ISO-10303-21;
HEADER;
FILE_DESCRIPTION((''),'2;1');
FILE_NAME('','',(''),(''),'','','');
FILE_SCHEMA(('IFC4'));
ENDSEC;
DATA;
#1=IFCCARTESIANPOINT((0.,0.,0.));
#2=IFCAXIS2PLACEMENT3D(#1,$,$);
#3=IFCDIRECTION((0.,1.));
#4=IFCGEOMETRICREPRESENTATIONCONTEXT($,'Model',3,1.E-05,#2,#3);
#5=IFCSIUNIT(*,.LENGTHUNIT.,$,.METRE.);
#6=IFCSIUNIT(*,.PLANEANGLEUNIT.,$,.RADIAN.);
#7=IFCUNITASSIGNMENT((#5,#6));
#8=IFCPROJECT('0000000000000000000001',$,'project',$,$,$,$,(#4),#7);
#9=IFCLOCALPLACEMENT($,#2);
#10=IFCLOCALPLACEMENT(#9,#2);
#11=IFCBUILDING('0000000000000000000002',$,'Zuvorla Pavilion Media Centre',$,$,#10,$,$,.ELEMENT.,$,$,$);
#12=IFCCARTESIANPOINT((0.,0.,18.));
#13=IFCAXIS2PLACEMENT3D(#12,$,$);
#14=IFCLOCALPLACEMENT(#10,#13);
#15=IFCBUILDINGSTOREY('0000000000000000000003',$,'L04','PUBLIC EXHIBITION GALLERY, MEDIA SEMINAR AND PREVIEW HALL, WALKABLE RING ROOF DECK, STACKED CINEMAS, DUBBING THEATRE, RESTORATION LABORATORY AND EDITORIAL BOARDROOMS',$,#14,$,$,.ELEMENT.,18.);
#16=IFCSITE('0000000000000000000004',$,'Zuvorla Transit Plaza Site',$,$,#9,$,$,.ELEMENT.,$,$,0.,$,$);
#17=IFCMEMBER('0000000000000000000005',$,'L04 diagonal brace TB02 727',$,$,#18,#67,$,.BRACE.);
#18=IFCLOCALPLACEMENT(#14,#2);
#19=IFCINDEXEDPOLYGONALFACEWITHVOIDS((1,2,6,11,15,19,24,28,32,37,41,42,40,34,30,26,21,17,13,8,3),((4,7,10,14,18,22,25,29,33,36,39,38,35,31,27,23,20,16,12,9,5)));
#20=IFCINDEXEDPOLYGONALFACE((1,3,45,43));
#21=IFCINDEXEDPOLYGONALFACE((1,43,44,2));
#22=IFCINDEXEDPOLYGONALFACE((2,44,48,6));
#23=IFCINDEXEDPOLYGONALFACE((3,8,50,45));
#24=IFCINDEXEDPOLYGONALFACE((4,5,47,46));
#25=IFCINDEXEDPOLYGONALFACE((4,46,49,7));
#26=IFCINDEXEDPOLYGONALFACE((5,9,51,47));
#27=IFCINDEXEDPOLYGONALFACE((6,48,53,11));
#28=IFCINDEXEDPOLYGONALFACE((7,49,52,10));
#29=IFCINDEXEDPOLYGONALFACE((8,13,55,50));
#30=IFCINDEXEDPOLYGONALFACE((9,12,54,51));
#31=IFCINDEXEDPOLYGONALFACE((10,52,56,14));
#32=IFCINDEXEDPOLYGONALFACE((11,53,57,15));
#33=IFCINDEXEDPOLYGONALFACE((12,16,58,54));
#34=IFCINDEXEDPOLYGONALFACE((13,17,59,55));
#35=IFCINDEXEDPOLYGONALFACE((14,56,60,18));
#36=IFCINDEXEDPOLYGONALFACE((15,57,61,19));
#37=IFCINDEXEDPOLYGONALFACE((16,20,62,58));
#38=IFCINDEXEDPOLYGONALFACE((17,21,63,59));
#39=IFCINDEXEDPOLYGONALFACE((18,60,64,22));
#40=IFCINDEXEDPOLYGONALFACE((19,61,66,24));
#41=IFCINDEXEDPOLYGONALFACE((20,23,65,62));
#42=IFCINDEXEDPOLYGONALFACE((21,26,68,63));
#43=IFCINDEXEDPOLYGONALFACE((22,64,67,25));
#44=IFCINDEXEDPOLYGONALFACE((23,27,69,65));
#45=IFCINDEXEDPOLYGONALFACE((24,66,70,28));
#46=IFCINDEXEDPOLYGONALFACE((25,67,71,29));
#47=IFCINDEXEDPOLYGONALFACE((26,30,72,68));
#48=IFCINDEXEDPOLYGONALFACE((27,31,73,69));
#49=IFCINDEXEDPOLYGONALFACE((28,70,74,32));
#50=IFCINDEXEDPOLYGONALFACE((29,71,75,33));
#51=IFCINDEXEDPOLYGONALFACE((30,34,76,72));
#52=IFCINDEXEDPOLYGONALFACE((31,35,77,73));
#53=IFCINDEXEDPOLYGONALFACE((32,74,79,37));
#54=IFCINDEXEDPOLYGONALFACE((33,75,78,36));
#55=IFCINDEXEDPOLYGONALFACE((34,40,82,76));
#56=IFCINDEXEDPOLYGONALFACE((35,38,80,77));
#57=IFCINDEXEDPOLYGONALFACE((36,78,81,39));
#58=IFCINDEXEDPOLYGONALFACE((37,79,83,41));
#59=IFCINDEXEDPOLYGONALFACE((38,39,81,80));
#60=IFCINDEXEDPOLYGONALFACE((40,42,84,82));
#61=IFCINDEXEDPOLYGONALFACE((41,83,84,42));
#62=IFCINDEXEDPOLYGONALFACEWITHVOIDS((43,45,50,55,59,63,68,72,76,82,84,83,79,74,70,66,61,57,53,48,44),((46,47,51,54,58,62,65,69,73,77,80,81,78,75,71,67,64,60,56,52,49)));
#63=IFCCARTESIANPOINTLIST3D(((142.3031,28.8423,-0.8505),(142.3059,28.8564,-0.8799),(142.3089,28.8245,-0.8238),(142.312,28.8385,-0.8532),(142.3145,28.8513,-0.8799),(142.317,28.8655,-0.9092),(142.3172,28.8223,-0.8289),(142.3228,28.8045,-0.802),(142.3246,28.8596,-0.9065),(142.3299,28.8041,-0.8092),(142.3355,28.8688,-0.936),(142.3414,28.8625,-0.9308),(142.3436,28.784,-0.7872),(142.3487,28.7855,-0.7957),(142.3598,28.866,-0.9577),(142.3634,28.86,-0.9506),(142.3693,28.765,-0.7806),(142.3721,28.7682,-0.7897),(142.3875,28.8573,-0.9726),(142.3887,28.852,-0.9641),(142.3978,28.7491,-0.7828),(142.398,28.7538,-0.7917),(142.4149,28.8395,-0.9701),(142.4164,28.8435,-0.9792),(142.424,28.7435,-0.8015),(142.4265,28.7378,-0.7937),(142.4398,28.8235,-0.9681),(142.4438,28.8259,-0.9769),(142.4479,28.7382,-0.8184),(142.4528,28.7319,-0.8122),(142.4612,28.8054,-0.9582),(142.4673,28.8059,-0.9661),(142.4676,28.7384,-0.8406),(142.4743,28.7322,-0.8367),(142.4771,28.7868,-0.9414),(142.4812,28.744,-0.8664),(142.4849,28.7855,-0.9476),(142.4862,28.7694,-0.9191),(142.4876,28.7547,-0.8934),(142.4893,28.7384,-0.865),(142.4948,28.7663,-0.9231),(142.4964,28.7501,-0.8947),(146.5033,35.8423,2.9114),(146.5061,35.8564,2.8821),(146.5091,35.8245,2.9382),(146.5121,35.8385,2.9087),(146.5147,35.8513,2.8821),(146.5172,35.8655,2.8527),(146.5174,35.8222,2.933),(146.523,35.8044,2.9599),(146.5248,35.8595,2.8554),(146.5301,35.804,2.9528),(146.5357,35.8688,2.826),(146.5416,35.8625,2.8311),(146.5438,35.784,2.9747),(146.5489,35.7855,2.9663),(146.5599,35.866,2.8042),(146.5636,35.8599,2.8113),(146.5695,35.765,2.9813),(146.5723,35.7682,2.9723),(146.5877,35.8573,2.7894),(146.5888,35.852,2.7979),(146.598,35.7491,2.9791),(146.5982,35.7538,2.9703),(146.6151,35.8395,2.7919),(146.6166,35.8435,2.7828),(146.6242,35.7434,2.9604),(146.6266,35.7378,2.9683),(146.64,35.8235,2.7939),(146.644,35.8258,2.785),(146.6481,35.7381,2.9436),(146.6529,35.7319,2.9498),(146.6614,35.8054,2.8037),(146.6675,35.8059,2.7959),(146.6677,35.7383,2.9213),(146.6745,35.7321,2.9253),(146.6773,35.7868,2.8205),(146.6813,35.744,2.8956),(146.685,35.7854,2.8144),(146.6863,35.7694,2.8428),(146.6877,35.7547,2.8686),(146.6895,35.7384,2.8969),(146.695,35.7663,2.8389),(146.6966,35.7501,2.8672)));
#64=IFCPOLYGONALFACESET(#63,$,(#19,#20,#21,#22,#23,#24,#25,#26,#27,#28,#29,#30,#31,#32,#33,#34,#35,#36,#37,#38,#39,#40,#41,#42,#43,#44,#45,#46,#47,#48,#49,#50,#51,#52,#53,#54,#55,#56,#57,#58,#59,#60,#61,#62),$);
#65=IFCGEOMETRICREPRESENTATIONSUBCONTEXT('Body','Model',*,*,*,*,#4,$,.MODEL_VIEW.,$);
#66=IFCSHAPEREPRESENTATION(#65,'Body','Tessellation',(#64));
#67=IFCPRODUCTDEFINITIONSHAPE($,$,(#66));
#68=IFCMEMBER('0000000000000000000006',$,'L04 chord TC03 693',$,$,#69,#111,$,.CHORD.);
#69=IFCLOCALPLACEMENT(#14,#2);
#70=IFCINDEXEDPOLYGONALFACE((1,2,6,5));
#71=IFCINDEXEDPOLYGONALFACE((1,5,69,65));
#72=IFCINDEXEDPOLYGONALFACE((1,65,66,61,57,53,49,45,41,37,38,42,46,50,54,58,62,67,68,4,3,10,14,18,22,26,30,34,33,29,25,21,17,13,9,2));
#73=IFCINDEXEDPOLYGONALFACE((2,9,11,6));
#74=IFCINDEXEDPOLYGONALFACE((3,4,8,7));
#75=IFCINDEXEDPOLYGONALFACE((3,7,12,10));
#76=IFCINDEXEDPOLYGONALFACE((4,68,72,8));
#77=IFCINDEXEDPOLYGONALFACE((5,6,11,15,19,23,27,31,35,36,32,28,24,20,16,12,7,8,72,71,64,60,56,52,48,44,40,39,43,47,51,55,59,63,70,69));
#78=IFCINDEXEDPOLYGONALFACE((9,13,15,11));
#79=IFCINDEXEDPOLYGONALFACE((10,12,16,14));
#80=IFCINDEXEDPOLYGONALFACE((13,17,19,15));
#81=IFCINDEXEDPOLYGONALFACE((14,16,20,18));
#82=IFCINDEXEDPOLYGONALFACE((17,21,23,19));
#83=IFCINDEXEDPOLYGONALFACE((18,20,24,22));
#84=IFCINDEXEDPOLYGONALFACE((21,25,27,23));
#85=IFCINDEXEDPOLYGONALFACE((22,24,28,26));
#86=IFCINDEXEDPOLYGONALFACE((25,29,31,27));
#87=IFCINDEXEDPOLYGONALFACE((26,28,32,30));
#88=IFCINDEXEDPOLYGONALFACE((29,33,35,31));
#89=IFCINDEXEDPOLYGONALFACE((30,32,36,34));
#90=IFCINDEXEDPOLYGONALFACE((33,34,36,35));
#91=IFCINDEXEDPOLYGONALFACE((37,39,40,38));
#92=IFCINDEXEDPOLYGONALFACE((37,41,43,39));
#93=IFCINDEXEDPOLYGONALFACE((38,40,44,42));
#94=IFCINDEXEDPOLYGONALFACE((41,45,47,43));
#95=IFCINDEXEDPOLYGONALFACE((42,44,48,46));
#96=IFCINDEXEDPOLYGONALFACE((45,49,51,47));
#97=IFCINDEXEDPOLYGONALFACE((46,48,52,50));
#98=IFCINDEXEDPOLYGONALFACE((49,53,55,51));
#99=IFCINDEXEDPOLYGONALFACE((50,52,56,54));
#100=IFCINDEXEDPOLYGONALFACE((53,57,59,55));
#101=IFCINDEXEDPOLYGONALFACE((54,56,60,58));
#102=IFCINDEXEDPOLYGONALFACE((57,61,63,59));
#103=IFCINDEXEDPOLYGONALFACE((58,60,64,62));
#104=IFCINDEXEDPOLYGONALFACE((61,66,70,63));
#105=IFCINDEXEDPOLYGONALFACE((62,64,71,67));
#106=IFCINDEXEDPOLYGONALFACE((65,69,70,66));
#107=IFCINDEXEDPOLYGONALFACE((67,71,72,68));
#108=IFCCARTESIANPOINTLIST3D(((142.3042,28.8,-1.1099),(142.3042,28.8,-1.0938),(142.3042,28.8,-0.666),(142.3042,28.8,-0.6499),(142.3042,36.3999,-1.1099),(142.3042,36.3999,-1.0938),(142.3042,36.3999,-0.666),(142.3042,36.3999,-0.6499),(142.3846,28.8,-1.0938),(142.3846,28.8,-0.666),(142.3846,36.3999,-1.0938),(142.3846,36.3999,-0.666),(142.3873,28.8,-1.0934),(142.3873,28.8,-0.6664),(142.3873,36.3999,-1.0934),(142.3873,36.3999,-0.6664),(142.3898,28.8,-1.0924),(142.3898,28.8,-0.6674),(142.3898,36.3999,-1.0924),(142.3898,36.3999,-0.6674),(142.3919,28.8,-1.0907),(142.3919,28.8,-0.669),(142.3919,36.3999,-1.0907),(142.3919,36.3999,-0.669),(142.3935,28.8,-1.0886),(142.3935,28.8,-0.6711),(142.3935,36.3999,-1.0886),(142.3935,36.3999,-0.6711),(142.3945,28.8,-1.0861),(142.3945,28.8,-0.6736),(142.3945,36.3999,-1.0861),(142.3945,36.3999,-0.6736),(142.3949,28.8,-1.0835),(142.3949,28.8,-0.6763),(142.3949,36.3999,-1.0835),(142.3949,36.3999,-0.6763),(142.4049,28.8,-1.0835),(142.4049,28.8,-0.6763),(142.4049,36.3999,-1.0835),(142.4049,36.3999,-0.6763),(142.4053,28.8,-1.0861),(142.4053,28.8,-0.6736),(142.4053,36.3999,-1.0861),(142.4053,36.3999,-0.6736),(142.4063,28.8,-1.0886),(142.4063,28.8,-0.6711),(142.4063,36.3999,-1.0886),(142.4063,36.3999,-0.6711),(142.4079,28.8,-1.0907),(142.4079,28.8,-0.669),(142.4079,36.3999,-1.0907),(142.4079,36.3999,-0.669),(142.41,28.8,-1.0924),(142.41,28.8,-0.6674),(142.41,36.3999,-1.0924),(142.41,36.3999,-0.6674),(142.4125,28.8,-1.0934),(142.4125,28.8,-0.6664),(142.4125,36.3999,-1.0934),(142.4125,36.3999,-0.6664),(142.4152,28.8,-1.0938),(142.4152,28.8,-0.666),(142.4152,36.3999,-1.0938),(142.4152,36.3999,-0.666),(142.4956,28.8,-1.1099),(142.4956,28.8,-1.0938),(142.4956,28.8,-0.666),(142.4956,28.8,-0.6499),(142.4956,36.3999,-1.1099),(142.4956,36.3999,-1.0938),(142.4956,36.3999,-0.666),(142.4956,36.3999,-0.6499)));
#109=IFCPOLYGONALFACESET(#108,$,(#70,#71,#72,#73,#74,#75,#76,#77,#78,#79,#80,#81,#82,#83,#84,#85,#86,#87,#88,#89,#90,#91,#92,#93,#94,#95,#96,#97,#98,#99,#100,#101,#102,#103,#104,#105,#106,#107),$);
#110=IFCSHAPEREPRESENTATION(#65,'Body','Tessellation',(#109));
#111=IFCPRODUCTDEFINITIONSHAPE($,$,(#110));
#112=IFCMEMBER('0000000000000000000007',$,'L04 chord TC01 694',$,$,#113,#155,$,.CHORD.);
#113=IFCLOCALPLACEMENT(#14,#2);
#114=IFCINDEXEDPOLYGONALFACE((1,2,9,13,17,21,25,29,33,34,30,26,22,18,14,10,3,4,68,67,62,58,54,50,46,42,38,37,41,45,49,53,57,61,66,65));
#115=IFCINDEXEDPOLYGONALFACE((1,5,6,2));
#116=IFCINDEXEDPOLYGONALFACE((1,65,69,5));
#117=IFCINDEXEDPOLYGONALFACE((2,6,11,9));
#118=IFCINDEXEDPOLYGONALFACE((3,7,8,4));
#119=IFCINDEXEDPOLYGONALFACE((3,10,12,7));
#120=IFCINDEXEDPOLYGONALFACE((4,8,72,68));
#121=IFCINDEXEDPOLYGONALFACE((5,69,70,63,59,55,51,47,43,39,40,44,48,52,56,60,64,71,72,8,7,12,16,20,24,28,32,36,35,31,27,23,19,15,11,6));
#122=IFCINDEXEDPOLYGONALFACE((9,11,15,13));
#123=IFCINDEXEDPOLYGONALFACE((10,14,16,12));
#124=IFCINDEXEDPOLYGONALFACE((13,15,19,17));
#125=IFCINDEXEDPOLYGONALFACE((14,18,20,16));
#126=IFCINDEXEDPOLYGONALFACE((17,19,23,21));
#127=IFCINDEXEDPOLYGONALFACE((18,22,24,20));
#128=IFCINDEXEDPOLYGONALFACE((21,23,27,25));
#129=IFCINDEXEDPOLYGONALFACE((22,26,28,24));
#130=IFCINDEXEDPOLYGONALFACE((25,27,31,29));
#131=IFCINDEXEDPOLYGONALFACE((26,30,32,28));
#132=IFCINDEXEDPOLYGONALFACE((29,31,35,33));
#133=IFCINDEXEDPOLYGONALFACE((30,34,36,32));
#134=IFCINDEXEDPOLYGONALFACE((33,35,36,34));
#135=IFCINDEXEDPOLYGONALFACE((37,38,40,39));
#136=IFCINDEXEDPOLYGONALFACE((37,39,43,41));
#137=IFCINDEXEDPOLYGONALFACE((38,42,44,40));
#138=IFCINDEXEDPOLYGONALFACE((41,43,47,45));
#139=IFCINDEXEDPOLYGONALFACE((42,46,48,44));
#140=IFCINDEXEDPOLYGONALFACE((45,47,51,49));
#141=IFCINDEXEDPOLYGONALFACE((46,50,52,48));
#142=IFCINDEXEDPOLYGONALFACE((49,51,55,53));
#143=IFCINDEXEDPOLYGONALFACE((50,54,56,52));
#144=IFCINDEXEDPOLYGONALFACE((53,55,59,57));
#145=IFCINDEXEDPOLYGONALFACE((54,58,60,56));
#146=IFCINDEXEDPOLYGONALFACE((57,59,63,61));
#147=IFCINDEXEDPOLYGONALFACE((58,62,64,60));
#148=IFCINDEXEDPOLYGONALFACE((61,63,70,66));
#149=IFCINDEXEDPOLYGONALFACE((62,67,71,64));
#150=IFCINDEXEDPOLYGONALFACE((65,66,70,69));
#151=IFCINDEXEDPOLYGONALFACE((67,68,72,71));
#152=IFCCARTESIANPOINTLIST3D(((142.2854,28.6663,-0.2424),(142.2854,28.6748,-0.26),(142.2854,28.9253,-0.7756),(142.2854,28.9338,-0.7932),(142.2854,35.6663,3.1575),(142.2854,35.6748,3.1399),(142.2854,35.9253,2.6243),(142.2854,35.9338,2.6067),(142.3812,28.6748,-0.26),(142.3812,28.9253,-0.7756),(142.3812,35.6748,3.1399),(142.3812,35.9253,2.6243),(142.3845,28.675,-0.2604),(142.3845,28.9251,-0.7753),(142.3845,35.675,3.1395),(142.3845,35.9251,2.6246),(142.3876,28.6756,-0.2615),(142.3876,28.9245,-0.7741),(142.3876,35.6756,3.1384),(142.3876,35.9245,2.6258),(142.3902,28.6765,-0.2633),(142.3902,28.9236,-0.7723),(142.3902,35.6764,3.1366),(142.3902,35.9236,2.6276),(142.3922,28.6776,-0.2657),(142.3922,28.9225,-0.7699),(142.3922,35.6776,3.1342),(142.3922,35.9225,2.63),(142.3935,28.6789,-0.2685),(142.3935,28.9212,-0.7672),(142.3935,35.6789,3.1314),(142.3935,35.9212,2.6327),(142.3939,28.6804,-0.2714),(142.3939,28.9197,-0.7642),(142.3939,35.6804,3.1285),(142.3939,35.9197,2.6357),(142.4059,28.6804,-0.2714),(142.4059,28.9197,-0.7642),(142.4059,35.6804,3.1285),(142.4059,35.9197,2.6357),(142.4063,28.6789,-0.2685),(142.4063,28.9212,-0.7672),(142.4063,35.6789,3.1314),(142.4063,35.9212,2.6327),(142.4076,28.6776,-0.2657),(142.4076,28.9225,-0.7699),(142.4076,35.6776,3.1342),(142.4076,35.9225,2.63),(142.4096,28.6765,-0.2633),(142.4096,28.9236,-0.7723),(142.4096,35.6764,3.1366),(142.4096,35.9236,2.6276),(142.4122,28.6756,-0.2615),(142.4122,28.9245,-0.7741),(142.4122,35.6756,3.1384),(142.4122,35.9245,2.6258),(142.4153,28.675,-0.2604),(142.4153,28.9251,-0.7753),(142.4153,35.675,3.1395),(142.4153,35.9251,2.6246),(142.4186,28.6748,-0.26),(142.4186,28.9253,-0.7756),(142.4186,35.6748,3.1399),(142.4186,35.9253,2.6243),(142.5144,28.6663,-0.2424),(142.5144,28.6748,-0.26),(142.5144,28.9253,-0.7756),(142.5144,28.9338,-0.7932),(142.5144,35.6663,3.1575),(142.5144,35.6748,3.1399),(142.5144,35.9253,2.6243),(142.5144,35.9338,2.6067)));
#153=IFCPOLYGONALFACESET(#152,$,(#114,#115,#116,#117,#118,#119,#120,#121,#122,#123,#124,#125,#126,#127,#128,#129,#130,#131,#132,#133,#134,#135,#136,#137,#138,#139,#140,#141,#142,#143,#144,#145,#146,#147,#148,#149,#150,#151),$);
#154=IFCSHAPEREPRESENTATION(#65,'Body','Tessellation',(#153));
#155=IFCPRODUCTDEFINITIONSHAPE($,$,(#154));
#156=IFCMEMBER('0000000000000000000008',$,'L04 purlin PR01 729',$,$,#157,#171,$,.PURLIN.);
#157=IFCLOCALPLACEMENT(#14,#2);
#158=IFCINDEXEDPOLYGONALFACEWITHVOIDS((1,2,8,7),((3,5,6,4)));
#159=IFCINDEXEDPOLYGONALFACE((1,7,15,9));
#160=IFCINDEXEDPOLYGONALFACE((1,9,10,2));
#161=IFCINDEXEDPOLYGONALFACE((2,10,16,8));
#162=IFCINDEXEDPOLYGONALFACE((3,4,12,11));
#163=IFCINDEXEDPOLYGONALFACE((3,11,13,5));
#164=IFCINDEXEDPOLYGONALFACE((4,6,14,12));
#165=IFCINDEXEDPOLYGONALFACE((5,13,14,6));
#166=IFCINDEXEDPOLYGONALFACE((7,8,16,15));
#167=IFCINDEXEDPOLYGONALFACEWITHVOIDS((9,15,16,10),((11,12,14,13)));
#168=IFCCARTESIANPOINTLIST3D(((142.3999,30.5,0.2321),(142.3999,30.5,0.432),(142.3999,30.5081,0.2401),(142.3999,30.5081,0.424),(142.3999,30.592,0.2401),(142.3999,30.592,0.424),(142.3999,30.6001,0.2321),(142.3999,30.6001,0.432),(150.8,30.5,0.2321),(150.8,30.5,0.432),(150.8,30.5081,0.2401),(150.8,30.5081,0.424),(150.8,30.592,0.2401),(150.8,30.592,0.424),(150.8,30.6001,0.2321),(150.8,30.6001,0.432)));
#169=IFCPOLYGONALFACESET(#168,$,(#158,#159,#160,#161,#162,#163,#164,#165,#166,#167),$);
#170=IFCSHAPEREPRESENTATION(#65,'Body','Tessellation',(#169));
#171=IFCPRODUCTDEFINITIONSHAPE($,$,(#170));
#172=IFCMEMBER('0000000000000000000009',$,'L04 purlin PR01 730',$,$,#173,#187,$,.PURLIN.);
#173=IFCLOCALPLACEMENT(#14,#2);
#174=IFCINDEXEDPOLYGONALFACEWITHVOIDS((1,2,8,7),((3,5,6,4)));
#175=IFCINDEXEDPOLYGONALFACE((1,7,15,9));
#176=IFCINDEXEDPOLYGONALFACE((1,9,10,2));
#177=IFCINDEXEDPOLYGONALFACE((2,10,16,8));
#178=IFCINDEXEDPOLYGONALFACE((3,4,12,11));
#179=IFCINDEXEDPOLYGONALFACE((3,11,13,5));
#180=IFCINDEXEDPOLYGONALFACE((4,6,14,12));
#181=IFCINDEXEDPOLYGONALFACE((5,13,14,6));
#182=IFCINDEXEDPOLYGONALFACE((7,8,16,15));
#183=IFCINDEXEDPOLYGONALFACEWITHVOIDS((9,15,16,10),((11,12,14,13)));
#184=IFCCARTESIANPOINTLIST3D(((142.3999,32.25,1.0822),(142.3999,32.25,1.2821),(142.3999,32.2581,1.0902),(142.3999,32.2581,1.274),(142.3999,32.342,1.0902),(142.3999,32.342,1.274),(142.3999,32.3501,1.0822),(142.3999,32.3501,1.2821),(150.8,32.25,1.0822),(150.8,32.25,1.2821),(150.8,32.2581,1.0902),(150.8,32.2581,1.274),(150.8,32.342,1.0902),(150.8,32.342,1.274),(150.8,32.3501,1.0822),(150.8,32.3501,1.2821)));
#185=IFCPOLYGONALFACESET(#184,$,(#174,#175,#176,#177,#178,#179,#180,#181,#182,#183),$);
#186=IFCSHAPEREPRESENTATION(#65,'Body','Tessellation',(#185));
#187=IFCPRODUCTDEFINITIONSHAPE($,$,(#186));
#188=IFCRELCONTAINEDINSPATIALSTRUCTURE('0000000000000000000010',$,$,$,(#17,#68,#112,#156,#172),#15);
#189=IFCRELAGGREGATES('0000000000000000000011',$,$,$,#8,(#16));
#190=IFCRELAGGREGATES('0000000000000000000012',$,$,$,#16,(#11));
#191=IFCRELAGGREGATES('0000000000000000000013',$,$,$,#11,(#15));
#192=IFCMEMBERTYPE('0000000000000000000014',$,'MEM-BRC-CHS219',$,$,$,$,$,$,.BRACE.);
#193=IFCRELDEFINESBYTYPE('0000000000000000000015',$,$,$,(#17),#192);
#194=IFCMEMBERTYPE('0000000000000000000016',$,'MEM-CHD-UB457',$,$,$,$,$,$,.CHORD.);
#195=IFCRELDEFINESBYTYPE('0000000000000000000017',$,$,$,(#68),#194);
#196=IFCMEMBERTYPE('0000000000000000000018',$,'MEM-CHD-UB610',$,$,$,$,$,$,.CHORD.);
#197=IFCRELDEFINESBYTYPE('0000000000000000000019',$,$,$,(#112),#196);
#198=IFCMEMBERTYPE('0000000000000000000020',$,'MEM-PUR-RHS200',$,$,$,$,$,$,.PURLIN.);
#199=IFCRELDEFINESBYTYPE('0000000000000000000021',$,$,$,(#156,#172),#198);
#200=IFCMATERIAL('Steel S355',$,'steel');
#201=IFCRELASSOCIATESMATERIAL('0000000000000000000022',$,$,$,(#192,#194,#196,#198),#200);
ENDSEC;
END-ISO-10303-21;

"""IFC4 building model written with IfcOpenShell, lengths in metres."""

from ifc_helpers import new_model, si_unit, direction, frame, origin, origin_2d, place, context, subcontext, project, spatial, hollow_rectangle, hollow_circle, i_section, extrude, material, material_profile, profile_set, type_object, element, save


model = new_model("IFC4")

# Units and contexts
model_context = context("Model", 3, precision=1e-05, world=origin(), true_north=direction((0.0, 1.0)))
body_context = subcontext(model_context, "Body", "Model", "MODEL_VIEW")
ifc_project = project(units=[si_unit("LENGTHUNIT", "METRE"), si_unit("PLANEANGLEUNIT", "RADIAN")], contexts=[model_context])

# Site, building, storey
site_placement = place(None, origin())
site = spatial("IfcSite", under=ifc_project, at=site_placement, Name="Zuvorla Transit Plaza Site", CompositionType="ELEMENT", RefElevation=0.0)
building_placement = place(site_placement, origin())
building = spatial("IfcBuilding", under=site, at=building_placement, Name="Zuvorla Pavilion Media Centre", CompositionType="ELEMENT")
storey_placement = place(building_placement, frame((0.0, 0.0, 18.0)))
storey = spatial("IfcBuildingStorey", under=building, at=storey_placement, Name="L04", Description="PUBLIC EXHIBITION GALLERY, MEDIA SEMINAR AND PREVIEW HALL, WALKABLE RING ROOF DECK, STACKED CINEMAS, DUBBING THEATRE, RESTORATION LABORATORY AND EDITORIAL BOARDROOMS", CompositionType="ELEMENT", Elevation=18.0)

# Members
ifc_material_1 = material(Name="Steel S355", Category="steel")
ifc_material_profile_1 = material_profile(ifc_material_1, hollow_circle(Radius=0.1096, WallThickness=0.01, at=origin_2d()), Name="CHS 219.1x10")
ifc_profile_set_1 = profile_set([ifc_material_profile_1], Name="Steel S355")
member_type_1 = type_object("IfcMemberType", Name="MEM-BRC-CHS219", PredefinedType="BRACE", material=ifc_profile_set_1)
member_1_placement = place(storey_placement, frame((142.3999, 28.8, -0.8799), z_axis=(0.467283, 0.778769, 0.418528), x_axis=(-0.857482, 0.514513, 0.0)))
element("IfcMember", 1, at=member_1_placement, inside=storey, type_object=member_type_1, Name="L04 diagonal brace TB02 727", PredefinedType="BRACE", context=body_context, shape_type="SweptSolid", body=[
    extrude(hollow_circle(Radius=0.1096, WallThickness=0.01, at=origin_2d()), origin(), (0.0, 0.0, 1.0), 8.9885),
])
ifc_material_profile_2 = material_profile(ifc_material_1, i_section(OverallWidth=0.1914, OverallDepth=0.46, WebThickness=0.01, FlangeThickness=0.0161, FilletRadius=0.0103, at=origin_2d()), Name="UB 457x191x82")
ifc_profile_set_2 = profile_set([ifc_material_profile_2], Name="Steel S355")
member_type_2 = type_object("IfcMemberType", Name="MEM-CHD-UB457", PredefinedType="CHORD", material=ifc_profile_set_2)
member_2_placement = place(storey_placement, frame((142.3999, 28.8, -0.8799), z_axis=(0.0, 1.0, 0.0), x_axis=(-1.0, 0.0, 0.0)))
element("IfcMember", 2, at=member_2_placement, inside=storey, type_object=member_type_2, Name="L04 chord TC03 693", PredefinedType="CHORD", context=body_context, shape_type="SweptSolid", body=[
    extrude(i_section(OverallWidth=0.1914, OverallDepth=0.46, WebThickness=0.01, FlangeThickness=0.0161, FilletRadius=0.0103, at=origin_2d()), origin(), (0.0, 0.0, 1.0), 7.5999),
])
ifc_material_profile_3 = material_profile(ifc_material_1, i_section(OverallWidth=0.229, OverallDepth=0.6123, WebThickness=0.012, FlangeThickness=0.0195, FilletRadius=0.0127, at=origin_2d()), Name="UB 610x229x125")
ifc_profile_set_3 = profile_set([ifc_material_profile_3], Name="Steel S355")
member_type_3 = type_object("IfcMemberType", Name="MEM-CHD-UB610", PredefinedType="CHORD", material=ifc_profile_set_3)
member_3_placement = place(storey_placement, frame((142.3999, 28.8, -0.5178), z_axis=(0.0, 0.899513, 0.436894), x_axis=(-1.0, 0.0, 0.0)))
element("IfcMember", 3, at=member_3_placement, inside=storey, type_object=member_type_3, Name="L04 chord TC01 694", PredefinedType="CHORD", context=body_context, shape_type="SweptSolid", body=[
    extrude(i_section(OverallWidth=0.229, OverallDepth=0.6123, WebThickness=0.012, FlangeThickness=0.0195, FilletRadius=0.0127, at=origin_2d()), origin(), (0.0, 0.0, 1.0), 7.782),
])
ifc_material_profile_4 = material_profile(ifc_material_1, hollow_rectangle(XDim=0.1001, YDim=0.2, WallThickness=0.0081, at=origin_2d()), Name="RHS 200x100x8")
ifc_profile_set_4 = profile_set([ifc_material_profile_4], Name="Steel S355")
member_type_4 = type_object("IfcMemberType", Name="MEM-PUR-RHS200", PredefinedType="PURLIN", material=ifc_profile_set_4)
for number, where, z_axis, x_axis, name in (
    (4, (142.3999, 30.55, 0.332), (1.0, 0.0, 0.0), (0.0, 1.0, 0.0), "L04 purlin PR01 729"),
    (5, (142.3999, 32.3, 1.1821), (1.0, 0.0, 0.0), (0.0, 1.0, 0.0), "L04 purlin PR01 730"),
):
    element("IfcMember", number, at=place(storey_placement, frame(where, z_axis=z_axis, x_axis=x_axis)), inside=storey, type_object=member_type_4, Name=name, PredefinedType="PURLIN", context=body_context, shape_type="SweptSolid", body=[
        extrude(hollow_rectangle(XDim=0.1001, YDim=0.2, WallThickness=0.0081, at=origin_2d()), origin(), (0.0, 0.0, 1.0), 8.4001),
    ])

save(model, "model.ifc")
